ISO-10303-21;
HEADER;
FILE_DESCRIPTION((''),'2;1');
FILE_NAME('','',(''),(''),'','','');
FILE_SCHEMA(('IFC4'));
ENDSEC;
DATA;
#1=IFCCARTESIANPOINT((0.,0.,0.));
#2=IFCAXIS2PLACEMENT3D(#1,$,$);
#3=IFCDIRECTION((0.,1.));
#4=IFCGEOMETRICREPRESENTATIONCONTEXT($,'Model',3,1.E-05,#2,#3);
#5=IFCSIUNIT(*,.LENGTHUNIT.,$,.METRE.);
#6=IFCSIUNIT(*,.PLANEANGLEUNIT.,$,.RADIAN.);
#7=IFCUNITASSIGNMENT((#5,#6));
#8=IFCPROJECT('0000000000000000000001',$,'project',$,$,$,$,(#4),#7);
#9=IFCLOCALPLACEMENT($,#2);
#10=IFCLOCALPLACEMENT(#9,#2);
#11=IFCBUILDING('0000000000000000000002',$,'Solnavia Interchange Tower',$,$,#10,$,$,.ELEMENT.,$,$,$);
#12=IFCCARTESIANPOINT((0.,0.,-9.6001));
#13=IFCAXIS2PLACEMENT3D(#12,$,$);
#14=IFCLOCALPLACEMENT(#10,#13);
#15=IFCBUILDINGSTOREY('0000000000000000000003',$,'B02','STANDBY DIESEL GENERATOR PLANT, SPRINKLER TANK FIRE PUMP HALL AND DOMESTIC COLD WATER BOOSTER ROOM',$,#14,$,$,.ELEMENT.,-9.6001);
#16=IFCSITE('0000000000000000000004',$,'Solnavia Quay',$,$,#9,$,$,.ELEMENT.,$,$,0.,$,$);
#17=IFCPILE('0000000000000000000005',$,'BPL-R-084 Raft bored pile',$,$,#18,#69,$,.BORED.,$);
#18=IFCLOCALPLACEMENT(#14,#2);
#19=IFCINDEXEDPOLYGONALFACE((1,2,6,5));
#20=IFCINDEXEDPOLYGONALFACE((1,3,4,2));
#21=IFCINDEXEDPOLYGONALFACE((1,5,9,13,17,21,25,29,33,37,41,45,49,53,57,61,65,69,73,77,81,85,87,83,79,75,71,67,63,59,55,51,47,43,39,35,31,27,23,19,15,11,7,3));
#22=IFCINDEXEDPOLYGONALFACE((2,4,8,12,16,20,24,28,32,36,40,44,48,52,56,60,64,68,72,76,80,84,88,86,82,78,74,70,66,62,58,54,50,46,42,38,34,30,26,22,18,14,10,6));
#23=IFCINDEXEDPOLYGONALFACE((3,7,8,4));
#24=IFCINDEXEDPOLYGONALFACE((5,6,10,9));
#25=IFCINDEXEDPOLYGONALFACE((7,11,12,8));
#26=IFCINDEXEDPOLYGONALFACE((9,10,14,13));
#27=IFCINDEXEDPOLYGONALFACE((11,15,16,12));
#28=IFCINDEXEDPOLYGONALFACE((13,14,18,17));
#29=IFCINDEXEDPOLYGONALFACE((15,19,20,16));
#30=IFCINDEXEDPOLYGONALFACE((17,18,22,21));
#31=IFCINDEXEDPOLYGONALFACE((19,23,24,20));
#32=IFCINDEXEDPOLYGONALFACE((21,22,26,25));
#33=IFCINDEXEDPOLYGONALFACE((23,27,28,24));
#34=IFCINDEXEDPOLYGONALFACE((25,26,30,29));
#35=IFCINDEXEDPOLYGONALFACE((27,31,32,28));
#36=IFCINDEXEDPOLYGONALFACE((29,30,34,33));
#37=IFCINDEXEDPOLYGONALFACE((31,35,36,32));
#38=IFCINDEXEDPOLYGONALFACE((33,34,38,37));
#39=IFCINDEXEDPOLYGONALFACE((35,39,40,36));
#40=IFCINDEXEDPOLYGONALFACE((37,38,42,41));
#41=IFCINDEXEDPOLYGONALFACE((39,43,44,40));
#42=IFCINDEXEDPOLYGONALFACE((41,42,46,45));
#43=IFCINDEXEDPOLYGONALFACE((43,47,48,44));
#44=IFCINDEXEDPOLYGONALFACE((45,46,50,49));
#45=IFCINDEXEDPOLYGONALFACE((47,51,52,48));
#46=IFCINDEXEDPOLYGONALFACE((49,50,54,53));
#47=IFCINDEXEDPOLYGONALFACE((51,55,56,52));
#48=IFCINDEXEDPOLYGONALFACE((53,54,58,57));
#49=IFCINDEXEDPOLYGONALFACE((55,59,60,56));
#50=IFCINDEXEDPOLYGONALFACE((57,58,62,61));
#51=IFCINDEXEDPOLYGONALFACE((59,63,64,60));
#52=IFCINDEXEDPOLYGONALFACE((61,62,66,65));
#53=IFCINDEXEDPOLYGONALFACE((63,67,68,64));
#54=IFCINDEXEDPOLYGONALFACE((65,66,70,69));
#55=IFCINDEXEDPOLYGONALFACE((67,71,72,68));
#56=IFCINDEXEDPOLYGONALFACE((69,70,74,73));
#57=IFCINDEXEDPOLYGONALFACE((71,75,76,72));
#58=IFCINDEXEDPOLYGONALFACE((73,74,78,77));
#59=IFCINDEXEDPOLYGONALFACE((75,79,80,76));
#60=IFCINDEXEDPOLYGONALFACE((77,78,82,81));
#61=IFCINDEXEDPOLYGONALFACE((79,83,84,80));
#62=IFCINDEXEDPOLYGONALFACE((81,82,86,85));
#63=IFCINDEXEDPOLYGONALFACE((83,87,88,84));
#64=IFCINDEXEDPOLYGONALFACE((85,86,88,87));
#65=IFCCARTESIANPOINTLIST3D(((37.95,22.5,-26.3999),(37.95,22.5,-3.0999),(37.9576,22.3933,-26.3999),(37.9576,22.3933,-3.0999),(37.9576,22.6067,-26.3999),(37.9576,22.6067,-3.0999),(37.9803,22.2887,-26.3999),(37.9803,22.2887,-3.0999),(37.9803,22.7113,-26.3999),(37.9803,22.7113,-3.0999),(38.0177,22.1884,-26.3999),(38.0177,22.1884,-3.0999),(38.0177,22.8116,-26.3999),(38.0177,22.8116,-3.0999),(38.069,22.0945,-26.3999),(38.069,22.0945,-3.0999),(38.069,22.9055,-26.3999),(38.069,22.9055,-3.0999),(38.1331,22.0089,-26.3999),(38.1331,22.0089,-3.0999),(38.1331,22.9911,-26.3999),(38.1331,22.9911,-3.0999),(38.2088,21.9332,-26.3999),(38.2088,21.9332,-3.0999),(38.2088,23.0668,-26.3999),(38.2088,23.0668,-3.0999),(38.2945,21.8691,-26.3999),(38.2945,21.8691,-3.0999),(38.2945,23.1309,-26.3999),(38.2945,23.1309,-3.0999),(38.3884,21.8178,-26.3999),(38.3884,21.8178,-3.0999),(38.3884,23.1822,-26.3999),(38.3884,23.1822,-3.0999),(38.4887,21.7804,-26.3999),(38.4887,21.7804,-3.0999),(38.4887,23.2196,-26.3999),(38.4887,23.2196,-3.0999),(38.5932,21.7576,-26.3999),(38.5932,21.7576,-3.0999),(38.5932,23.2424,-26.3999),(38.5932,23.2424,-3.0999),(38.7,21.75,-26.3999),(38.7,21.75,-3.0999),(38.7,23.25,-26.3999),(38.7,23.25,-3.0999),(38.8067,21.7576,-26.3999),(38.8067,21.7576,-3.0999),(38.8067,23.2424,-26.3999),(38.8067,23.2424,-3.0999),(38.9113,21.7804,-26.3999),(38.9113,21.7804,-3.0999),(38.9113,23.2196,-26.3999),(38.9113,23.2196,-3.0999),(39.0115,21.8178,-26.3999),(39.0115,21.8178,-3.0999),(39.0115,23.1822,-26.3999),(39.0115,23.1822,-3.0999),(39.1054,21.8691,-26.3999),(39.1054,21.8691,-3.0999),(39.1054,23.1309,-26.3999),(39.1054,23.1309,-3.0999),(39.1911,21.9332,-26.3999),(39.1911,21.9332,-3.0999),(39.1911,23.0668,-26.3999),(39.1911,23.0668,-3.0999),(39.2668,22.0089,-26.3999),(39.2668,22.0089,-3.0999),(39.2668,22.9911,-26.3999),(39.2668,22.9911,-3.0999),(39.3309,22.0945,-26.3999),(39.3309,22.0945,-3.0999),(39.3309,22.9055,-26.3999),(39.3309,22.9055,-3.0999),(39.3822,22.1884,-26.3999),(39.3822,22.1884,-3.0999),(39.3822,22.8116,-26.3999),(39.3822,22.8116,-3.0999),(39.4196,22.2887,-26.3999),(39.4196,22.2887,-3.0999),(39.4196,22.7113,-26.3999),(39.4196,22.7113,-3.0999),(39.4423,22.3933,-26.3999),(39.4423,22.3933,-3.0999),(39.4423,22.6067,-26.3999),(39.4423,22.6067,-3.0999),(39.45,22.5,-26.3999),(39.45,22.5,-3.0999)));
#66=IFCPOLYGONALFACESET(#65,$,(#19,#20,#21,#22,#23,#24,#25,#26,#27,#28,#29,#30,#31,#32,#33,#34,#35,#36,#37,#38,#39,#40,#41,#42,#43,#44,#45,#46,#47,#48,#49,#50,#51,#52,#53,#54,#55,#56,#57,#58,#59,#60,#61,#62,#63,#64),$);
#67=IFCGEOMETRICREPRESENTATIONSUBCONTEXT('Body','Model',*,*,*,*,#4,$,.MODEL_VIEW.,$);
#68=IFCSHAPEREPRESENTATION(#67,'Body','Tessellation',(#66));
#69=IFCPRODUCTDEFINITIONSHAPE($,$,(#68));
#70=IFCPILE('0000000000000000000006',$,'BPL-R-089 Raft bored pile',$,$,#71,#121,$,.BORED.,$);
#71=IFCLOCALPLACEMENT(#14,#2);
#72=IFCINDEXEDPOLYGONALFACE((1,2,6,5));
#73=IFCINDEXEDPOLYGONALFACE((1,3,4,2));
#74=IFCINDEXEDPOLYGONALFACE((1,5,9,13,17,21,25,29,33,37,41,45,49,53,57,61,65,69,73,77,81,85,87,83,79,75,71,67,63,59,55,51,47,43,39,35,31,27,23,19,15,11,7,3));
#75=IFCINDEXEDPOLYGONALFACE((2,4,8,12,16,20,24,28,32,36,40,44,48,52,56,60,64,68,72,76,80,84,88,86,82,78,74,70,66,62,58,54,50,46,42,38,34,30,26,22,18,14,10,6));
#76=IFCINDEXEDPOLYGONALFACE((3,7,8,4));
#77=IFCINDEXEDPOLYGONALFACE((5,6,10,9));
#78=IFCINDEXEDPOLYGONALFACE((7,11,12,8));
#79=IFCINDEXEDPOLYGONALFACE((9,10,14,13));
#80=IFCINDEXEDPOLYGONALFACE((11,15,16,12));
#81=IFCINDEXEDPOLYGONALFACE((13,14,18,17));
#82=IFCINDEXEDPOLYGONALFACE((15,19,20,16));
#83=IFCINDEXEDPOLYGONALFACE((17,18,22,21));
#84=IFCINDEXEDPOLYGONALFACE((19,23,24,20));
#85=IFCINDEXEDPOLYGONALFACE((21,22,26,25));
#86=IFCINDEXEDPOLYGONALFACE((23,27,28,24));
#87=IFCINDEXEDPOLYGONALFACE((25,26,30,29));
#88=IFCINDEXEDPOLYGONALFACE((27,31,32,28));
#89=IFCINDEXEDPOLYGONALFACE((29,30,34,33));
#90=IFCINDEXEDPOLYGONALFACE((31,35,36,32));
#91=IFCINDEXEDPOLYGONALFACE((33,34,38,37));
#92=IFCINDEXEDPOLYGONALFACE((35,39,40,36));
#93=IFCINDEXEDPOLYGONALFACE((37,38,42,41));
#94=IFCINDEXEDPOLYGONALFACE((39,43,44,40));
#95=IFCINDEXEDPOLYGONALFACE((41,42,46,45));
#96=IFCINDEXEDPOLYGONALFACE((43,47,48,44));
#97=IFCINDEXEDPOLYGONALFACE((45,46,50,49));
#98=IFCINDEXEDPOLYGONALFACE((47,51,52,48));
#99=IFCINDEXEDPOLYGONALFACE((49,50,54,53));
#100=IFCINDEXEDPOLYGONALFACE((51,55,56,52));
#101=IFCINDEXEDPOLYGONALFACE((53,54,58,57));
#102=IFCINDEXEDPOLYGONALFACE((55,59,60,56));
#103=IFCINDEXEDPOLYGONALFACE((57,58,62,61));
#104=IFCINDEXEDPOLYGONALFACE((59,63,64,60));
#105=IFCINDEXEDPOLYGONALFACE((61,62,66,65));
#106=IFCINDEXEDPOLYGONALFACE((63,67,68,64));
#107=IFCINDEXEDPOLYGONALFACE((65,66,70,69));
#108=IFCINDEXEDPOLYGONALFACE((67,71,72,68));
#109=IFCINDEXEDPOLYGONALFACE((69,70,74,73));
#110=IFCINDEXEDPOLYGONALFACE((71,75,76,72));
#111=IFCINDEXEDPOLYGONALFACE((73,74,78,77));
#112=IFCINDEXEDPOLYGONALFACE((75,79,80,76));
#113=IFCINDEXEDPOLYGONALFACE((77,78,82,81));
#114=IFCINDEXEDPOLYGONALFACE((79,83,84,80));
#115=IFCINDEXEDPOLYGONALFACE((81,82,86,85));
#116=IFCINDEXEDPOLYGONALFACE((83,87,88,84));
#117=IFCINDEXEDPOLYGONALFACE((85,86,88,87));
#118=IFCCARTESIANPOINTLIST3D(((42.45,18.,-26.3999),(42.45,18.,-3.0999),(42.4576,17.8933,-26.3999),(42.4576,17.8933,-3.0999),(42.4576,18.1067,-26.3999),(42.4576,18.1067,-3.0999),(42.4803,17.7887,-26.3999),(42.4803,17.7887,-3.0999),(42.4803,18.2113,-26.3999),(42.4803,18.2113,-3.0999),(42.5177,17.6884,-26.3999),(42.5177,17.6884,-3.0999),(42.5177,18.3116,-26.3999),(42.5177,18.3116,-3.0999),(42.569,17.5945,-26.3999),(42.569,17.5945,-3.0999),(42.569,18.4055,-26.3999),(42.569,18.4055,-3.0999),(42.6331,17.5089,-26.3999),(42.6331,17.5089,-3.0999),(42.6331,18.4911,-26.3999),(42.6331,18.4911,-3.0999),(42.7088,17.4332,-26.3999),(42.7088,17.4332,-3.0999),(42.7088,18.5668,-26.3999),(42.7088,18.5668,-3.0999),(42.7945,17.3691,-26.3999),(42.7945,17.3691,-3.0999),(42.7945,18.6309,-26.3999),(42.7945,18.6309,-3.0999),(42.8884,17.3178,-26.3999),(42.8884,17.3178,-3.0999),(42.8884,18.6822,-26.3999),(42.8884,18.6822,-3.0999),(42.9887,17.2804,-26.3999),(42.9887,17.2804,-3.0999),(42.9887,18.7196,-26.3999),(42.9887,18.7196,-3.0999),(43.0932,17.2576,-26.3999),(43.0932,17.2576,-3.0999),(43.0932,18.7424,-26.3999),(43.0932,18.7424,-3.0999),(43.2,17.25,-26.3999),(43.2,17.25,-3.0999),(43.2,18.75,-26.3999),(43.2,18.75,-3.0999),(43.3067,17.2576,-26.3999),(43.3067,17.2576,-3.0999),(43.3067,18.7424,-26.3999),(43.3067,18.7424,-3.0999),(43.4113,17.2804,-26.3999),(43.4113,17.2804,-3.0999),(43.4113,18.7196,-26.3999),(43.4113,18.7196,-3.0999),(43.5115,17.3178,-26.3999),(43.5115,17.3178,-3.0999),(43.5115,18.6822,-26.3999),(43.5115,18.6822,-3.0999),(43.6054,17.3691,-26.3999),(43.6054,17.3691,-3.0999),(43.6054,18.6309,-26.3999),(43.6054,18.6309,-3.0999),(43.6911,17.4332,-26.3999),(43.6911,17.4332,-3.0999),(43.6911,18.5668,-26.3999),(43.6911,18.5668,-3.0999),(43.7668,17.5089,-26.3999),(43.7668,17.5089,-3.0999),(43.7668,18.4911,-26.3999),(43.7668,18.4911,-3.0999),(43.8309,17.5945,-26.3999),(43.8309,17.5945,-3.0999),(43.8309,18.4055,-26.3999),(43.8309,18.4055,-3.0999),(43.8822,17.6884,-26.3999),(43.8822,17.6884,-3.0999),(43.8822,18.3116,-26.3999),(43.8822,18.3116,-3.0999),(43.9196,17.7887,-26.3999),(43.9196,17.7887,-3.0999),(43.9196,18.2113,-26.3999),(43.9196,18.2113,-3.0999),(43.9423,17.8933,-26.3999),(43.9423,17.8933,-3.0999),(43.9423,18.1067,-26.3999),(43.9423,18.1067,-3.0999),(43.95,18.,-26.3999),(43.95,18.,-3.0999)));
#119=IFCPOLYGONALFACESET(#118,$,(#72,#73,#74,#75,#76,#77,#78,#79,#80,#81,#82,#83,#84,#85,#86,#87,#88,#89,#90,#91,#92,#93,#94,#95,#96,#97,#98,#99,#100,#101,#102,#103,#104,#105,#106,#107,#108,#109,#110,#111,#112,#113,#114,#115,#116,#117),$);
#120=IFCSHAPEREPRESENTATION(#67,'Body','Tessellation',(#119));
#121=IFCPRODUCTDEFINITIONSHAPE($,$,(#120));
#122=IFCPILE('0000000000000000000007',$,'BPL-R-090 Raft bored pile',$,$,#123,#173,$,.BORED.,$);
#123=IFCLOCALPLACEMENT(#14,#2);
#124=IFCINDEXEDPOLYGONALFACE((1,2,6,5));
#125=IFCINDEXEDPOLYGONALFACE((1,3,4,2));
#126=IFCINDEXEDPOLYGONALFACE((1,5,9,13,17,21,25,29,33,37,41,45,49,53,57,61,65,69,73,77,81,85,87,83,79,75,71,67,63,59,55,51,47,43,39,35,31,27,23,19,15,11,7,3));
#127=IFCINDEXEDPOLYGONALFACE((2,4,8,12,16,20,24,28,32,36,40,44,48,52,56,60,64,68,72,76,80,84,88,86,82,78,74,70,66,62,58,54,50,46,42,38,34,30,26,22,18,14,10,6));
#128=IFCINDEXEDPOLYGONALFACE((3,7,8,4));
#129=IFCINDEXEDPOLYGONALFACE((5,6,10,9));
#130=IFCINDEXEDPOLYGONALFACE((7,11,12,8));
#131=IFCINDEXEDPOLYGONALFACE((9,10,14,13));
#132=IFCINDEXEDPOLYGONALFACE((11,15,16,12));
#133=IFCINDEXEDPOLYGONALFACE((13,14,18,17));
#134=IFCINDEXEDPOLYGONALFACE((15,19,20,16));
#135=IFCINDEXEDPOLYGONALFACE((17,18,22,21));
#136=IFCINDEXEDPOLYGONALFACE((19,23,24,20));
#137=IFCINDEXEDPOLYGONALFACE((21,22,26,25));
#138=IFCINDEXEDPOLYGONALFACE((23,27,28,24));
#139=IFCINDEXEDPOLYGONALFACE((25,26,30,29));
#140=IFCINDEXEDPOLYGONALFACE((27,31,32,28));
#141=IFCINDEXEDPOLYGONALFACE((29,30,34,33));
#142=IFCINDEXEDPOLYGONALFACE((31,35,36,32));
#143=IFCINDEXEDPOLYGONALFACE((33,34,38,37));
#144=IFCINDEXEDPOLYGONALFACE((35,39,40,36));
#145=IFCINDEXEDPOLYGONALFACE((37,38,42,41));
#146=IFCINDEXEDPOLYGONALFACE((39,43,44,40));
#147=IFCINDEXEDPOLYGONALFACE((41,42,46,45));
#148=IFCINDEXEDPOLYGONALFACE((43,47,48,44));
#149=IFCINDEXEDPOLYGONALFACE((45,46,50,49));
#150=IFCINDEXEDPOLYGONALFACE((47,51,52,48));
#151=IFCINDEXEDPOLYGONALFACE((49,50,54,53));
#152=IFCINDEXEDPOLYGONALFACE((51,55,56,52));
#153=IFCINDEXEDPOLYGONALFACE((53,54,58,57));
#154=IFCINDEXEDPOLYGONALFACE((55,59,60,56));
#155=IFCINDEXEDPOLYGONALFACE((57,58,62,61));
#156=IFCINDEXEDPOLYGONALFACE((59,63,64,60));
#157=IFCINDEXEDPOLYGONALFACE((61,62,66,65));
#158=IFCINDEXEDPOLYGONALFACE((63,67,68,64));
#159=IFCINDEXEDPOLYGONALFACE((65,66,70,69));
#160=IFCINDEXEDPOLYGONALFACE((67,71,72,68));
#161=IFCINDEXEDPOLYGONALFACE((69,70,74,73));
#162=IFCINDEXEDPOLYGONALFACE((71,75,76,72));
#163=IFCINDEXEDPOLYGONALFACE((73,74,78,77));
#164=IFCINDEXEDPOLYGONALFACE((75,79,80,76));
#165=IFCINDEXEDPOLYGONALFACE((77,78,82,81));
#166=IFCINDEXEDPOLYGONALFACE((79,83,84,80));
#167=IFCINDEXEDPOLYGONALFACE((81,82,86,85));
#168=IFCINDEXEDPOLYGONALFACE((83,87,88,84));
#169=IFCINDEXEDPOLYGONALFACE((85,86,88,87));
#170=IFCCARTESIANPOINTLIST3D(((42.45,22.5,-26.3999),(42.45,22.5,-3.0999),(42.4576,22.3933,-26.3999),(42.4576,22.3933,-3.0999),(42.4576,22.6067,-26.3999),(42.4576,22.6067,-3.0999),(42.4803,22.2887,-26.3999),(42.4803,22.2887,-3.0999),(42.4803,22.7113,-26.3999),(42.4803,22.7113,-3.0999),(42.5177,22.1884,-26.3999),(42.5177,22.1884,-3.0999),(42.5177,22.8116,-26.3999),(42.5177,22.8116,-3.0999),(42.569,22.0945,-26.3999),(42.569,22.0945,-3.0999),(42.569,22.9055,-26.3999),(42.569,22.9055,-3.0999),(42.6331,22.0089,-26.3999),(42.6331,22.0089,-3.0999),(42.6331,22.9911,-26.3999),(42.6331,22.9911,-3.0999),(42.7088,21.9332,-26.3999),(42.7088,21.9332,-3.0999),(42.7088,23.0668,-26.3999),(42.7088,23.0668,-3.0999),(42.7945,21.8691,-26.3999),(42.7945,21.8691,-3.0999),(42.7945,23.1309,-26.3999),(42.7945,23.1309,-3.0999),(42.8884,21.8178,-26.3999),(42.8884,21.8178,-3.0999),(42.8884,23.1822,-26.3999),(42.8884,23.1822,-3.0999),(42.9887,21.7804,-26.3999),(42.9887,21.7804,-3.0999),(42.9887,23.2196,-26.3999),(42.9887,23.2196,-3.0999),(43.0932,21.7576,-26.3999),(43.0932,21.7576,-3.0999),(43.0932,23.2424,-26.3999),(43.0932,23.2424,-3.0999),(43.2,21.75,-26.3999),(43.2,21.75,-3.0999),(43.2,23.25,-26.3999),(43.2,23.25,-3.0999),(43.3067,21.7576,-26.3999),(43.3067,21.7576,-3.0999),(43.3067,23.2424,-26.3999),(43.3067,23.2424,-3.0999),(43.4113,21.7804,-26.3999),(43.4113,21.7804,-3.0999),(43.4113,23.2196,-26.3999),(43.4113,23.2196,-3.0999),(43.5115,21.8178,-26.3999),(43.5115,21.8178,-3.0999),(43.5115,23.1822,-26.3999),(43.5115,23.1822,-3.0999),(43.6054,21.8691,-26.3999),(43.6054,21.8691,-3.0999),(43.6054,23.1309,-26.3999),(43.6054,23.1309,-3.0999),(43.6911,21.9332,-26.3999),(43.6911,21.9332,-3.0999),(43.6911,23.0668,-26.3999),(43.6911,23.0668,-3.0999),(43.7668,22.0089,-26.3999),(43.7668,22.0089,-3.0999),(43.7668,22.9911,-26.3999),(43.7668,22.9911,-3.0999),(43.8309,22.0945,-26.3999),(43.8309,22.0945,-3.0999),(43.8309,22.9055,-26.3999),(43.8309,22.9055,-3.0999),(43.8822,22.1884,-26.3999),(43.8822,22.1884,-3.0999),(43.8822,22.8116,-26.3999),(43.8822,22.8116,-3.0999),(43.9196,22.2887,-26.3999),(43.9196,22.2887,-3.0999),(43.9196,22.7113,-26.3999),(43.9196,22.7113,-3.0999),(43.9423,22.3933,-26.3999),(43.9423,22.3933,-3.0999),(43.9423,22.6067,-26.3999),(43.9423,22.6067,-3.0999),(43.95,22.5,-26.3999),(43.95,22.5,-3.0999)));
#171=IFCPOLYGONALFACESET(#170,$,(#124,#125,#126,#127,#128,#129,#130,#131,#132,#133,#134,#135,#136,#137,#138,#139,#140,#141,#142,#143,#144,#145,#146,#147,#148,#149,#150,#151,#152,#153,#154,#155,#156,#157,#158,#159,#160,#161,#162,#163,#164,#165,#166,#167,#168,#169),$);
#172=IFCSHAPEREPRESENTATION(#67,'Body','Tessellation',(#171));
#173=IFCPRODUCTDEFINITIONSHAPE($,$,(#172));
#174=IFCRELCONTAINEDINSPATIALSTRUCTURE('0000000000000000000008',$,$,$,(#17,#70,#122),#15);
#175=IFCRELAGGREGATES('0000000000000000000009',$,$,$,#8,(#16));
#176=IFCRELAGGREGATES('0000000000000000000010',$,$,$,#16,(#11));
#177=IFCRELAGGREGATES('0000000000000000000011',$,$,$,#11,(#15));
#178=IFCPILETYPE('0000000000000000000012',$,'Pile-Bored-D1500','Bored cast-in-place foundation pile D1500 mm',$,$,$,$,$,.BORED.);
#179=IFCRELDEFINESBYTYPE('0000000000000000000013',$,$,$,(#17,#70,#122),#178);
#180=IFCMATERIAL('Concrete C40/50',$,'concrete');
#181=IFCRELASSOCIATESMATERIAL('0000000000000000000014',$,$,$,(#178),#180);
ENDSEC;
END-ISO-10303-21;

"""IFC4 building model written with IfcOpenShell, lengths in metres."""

from ifc_helpers import new_model, si_unit, direction, frame, origin, origin_2d, place, context, subcontext, project, spatial, circle, extrude, material, material_profile, profile_set, type_object, element, save


model = new_model("IFC4")

# Units and contexts
model_context = context("Model", 3, precision=1e-05, world=origin(), true_north=direction((0.0, 1.0)))
body_context = subcontext(model_context, "Body", "Model", "MODEL_VIEW")
ifc_project = project(units=[si_unit("LENGTHUNIT", "METRE"), si_unit("PLANEANGLEUNIT", "RADIAN")], contexts=[model_context])

# Site, building, storey
site_placement = place(None, origin())
site = spatial("IfcSite", under=ifc_project, at=site_placement, Name="Solnavia Quay", CompositionType="ELEMENT", RefElevation=0.0)
building_placement = place(site_placement, origin())
building = spatial("IfcBuilding", under=site, at=building_placement, Name="Solnavia Interchange Tower", CompositionType="ELEMENT")
storey_placement = place(building_placement, frame((0.0, 0.0, -9.6001)))
storey = spatial("IfcBuildingStorey", under=building, at=storey_placement, Name="B02", Description="STANDBY DIESEL GENERATOR PLANT, SPRINKLER TANK FIRE PUMP HALL AND DOMESTIC COLD WATER BOOSTER ROOM", CompositionType="ELEMENT", Elevation=-9.6001)

# Piles
ifc_material_1 = material(Name="Concrete C40/50", Category="concrete")
ifc_material_profile_1 = material_profile(ifc_material_1, circle(Radius=0.75, at=origin_2d()), Name="PILE D1500")
ifc_profile_set_1 = profile_set([ifc_material_profile_1], Name="Concrete C40/50")
pile_type = type_object("IfcPileType", Name="Pile-Bored-D1500", Description="Bored cast-in-place foundation pile D1500 mm", PredefinedType="BORED", material=ifc_profile_set_1)
for number, where, z_axis, x_axis, name in (
    (1, (38.7, 22.5, -3.0999), (0.0, 0.0, -1.0), (1.0, 0.0, 0.0), "BPL-R-084 Raft bored pile"),
    (2, (43.2, 18.0, -3.0999), (0.0, 0.0, -1.0), (1.0, 0.0, 0.0), "BPL-R-089 Raft bored pile"),
    (3, (43.2, 22.5, -3.0999), (0.0, 0.0, -1.0), (1.0, 0.0, 0.0), "BPL-R-090 Raft bored pile"),
):
    element("IfcPile", number, at=place(storey_placement, frame(where, z_axis=z_axis, x_axis=x_axis)), inside=storey, type_object=pile_type, Name=name, PredefinedType="BORED", context=body_context, shape_type="SweptSolid", body=[
        extrude(circle(Radius=0.75, at=origin_2d()), origin(), (0.0, 0.0, 1.0), 23.3),
    ])

save(model, "model.ifc")
